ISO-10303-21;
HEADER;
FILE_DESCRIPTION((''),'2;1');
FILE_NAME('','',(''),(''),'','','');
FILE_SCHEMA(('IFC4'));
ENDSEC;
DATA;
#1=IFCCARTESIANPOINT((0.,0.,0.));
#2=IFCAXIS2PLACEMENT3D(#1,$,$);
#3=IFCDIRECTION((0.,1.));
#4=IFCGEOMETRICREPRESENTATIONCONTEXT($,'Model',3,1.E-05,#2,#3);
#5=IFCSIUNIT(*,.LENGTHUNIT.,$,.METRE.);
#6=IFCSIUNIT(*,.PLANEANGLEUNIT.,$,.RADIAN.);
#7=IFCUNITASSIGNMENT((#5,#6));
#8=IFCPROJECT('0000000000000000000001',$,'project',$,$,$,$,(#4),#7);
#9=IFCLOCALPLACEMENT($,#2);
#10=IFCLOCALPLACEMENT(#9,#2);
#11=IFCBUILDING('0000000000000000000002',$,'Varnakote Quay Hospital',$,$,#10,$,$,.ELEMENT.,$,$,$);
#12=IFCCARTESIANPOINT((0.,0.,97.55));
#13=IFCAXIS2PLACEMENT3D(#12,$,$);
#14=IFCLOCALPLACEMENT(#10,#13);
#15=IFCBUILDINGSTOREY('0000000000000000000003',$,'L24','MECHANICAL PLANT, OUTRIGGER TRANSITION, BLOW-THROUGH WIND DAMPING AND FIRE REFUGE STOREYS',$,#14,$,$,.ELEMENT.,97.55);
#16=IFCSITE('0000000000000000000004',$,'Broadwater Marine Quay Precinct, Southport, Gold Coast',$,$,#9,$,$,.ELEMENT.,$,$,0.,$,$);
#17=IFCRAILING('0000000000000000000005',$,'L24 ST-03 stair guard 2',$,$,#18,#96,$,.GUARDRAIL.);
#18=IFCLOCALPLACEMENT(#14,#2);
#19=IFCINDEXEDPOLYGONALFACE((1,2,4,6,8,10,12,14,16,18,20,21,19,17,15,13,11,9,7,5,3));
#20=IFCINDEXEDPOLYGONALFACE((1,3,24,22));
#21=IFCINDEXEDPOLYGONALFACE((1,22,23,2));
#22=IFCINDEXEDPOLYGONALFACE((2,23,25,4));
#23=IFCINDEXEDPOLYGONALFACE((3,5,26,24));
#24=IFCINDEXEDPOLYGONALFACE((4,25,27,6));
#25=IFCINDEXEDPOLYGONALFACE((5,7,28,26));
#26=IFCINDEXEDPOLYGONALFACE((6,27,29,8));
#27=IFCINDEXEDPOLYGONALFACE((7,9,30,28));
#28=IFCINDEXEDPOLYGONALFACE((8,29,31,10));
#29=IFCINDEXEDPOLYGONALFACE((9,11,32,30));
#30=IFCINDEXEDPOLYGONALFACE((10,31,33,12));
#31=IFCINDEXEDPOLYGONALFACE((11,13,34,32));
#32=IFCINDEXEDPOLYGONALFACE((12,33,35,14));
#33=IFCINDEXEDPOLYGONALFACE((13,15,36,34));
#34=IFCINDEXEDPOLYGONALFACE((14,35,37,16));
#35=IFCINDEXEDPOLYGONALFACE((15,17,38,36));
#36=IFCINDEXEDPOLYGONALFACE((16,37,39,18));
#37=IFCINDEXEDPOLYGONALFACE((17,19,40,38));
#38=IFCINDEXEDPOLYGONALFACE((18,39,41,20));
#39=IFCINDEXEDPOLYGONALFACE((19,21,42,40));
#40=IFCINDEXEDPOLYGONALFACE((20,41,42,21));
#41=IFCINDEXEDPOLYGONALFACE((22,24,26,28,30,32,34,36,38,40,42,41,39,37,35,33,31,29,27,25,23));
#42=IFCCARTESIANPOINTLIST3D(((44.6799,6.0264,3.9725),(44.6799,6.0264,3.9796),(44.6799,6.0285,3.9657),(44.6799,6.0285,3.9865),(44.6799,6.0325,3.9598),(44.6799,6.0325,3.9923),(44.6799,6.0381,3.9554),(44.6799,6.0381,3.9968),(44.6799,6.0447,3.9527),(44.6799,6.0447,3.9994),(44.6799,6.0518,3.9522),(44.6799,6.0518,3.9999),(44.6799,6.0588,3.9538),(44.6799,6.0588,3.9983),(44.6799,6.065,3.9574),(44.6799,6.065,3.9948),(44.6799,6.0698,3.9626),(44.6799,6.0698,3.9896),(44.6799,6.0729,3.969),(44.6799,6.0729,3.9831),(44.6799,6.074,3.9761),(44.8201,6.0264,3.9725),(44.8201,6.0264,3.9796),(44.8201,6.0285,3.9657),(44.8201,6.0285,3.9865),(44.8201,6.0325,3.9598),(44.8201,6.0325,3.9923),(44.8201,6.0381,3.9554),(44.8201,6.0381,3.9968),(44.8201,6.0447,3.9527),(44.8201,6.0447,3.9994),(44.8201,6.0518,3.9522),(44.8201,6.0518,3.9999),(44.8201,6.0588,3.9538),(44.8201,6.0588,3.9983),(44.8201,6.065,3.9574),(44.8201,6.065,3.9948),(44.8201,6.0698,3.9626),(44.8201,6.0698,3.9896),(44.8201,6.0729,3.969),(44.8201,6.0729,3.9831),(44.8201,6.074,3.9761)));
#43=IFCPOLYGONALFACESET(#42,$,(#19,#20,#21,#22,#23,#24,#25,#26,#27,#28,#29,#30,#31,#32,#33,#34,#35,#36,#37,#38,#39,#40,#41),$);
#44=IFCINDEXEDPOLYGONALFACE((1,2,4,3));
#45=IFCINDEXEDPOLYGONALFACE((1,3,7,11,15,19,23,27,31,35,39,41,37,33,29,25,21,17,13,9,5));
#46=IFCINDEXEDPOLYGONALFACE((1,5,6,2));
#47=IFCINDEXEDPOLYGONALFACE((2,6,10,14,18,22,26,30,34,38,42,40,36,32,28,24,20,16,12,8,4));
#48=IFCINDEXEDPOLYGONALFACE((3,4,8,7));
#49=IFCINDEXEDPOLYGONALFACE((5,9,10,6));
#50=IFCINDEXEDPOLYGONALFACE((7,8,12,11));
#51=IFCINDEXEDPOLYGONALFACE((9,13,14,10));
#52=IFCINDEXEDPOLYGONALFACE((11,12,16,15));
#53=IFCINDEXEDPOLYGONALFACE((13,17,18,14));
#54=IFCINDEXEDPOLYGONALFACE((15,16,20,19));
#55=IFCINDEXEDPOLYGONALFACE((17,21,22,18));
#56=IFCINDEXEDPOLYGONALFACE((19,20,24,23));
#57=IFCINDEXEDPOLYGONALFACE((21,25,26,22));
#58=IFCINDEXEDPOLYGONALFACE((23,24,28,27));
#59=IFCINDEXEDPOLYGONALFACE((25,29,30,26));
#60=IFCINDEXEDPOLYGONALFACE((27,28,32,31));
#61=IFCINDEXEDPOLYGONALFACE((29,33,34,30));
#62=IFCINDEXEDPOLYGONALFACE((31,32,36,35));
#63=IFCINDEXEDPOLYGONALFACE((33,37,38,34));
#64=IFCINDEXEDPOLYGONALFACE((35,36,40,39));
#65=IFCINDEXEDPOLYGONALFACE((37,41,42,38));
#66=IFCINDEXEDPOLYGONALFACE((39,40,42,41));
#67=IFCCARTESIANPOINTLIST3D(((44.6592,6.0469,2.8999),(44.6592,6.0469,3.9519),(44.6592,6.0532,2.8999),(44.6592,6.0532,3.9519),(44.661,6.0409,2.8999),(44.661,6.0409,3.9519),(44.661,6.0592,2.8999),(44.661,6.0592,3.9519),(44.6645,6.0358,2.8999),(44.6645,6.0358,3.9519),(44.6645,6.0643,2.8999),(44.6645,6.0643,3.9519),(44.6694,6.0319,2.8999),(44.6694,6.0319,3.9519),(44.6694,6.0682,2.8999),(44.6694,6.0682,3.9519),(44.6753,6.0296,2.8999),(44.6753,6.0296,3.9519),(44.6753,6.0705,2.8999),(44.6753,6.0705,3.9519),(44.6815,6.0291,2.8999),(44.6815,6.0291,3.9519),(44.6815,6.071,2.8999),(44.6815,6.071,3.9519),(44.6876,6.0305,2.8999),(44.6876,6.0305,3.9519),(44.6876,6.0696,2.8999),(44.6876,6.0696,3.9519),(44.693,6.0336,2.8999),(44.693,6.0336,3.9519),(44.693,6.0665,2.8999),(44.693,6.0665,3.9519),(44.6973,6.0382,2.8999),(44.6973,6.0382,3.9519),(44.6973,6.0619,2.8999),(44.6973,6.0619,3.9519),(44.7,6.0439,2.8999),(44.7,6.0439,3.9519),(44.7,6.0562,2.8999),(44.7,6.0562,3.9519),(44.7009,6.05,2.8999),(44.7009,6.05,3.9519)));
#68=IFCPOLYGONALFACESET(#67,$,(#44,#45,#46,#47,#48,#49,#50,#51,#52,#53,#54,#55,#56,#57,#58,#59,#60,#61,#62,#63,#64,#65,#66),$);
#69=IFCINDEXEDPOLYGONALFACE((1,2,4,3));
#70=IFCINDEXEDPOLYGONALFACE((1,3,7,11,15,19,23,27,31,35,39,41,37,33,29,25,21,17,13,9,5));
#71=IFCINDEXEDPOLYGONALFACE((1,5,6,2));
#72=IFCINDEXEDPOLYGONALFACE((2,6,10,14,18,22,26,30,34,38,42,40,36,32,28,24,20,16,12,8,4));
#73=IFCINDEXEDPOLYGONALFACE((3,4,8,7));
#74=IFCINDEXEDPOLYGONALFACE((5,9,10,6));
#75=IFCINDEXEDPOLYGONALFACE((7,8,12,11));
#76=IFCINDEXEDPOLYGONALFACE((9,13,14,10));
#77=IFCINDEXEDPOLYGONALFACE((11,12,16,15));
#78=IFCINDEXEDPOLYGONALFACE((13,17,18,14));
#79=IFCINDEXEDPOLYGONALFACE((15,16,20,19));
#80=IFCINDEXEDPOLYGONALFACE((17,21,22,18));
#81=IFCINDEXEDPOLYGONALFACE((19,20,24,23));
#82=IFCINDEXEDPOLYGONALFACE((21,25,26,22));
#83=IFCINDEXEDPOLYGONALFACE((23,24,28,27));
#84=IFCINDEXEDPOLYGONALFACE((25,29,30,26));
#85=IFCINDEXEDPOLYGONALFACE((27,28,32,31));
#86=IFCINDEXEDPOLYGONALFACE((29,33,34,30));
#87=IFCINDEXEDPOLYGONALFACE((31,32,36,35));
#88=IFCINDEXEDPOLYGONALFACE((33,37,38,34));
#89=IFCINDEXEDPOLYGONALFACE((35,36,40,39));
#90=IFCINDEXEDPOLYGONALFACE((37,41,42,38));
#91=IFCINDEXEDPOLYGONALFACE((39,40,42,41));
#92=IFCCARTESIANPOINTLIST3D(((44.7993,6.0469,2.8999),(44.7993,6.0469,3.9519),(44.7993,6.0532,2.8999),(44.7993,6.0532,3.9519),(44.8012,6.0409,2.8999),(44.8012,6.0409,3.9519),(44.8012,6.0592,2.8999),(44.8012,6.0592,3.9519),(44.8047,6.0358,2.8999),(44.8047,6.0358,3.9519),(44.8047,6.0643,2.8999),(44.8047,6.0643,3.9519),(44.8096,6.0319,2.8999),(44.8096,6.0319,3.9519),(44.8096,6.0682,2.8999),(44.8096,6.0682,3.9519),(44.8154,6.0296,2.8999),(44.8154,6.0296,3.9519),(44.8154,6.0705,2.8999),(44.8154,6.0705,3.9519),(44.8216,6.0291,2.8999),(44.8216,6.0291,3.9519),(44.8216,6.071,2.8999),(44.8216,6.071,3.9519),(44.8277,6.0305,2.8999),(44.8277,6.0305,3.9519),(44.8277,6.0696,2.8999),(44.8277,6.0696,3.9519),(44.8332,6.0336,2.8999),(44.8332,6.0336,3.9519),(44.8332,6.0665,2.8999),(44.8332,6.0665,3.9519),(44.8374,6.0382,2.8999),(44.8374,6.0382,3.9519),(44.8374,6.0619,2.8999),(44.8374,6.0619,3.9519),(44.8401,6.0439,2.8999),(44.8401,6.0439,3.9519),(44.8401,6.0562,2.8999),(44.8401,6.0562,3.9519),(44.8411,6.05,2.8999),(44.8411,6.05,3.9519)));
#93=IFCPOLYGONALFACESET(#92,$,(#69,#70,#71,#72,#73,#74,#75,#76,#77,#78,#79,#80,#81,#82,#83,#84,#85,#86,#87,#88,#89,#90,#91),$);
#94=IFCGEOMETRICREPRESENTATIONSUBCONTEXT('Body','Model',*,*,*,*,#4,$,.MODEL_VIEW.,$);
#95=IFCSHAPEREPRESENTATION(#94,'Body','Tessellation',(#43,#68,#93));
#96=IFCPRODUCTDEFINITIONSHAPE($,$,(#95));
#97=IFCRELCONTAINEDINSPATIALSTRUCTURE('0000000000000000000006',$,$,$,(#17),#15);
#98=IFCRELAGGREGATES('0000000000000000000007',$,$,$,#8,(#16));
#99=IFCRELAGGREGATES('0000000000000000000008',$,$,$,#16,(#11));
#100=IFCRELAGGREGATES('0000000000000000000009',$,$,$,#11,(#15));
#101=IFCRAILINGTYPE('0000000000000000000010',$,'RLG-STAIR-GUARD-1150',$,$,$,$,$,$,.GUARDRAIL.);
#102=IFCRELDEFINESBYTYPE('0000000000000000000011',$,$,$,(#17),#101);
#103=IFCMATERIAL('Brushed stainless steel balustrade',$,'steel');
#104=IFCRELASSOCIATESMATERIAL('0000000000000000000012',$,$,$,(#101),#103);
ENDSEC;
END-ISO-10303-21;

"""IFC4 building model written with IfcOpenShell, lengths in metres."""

from ifc_helpers import new_model, si_unit, direction, frame, origin, origin_2d, place, context, subcontext, project, spatial, circle, extrude, material, type_object, element, save


model = new_model("IFC4")

# Units and contexts
model_context = context("Model", 3, precision=1e-05, world=origin(), true_north=direction((0.0, 1.0)))
body_context = subcontext(model_context, "Body", "Model", "MODEL_VIEW")
ifc_project = project(units=[si_unit("LENGTHUNIT", "METRE"), si_unit("PLANEANGLEUNIT", "RADIAN")], contexts=[model_context])

# Site, building, storey
site_placement = place(None, origin())
site = spatial("IfcSite", under=ifc_project, at=site_placement, Name="Broadwater Marine Quay Precinct, Southport, Gold Coast", CompositionType="ELEMENT", RefElevation=0.0)
building_placement = place(site_placement, origin())
building = spatial("IfcBuilding", under=site, at=building_placement, Name="Varnakote Quay Hospital", CompositionType="ELEMENT")
storey_placement = place(building_placement, frame((0.0, 0.0, 97.55)))
storey = spatial("IfcBuildingStorey", under=building, at=storey_placement, Name="L24", Description="MECHANICAL PLANT, OUTRIGGER TRANSITION, BLOW-THROUGH WIND DAMPING AND FIRE REFUGE STOREYS", CompositionType="ELEMENT", Elevation=97.55)

# Railing
ifc_material_1 = material(Name="Brushed stainless steel balustrade", Category="steel")
railing_type_1 = type_object("IfcRailingType", Name="RLG-STAIR-GUARD-1150", PredefinedType="GUARDRAIL", material=ifc_material_1)
railing_1_placement = place(storey_placement, frame((44.6799, 6.05, 2.8999)))
element("IfcRailing", 1, at=railing_1_placement, inside=storey, type_object=railing_type_1, Name="L24 ST-03 stair guard 2", PredefinedType="GUARDRAIL", context=body_context, shape_type="SweptSolid", body=[
    extrude(circle(Radius=0.0239, at=origin_2d()), frame((0.0, 0.0, 1.0762), z_axis=(1.0, 0.0, 0.0), x_axis=(0.0, 1.0, 0.0)), (0.0, 0.0, 1.0), 0.1401),
    extrude(circle(Radius=0.021, at=origin_2d()), origin(), (0.0, 0.0, 1.0), 1.052),
    extrude(circle(Radius=0.021, at=origin_2d()), frame((0.1401, 0.0, 0.0)), (0.0, 0.0, 1.0), 1.052),
])

save(model, "model.ifc")
